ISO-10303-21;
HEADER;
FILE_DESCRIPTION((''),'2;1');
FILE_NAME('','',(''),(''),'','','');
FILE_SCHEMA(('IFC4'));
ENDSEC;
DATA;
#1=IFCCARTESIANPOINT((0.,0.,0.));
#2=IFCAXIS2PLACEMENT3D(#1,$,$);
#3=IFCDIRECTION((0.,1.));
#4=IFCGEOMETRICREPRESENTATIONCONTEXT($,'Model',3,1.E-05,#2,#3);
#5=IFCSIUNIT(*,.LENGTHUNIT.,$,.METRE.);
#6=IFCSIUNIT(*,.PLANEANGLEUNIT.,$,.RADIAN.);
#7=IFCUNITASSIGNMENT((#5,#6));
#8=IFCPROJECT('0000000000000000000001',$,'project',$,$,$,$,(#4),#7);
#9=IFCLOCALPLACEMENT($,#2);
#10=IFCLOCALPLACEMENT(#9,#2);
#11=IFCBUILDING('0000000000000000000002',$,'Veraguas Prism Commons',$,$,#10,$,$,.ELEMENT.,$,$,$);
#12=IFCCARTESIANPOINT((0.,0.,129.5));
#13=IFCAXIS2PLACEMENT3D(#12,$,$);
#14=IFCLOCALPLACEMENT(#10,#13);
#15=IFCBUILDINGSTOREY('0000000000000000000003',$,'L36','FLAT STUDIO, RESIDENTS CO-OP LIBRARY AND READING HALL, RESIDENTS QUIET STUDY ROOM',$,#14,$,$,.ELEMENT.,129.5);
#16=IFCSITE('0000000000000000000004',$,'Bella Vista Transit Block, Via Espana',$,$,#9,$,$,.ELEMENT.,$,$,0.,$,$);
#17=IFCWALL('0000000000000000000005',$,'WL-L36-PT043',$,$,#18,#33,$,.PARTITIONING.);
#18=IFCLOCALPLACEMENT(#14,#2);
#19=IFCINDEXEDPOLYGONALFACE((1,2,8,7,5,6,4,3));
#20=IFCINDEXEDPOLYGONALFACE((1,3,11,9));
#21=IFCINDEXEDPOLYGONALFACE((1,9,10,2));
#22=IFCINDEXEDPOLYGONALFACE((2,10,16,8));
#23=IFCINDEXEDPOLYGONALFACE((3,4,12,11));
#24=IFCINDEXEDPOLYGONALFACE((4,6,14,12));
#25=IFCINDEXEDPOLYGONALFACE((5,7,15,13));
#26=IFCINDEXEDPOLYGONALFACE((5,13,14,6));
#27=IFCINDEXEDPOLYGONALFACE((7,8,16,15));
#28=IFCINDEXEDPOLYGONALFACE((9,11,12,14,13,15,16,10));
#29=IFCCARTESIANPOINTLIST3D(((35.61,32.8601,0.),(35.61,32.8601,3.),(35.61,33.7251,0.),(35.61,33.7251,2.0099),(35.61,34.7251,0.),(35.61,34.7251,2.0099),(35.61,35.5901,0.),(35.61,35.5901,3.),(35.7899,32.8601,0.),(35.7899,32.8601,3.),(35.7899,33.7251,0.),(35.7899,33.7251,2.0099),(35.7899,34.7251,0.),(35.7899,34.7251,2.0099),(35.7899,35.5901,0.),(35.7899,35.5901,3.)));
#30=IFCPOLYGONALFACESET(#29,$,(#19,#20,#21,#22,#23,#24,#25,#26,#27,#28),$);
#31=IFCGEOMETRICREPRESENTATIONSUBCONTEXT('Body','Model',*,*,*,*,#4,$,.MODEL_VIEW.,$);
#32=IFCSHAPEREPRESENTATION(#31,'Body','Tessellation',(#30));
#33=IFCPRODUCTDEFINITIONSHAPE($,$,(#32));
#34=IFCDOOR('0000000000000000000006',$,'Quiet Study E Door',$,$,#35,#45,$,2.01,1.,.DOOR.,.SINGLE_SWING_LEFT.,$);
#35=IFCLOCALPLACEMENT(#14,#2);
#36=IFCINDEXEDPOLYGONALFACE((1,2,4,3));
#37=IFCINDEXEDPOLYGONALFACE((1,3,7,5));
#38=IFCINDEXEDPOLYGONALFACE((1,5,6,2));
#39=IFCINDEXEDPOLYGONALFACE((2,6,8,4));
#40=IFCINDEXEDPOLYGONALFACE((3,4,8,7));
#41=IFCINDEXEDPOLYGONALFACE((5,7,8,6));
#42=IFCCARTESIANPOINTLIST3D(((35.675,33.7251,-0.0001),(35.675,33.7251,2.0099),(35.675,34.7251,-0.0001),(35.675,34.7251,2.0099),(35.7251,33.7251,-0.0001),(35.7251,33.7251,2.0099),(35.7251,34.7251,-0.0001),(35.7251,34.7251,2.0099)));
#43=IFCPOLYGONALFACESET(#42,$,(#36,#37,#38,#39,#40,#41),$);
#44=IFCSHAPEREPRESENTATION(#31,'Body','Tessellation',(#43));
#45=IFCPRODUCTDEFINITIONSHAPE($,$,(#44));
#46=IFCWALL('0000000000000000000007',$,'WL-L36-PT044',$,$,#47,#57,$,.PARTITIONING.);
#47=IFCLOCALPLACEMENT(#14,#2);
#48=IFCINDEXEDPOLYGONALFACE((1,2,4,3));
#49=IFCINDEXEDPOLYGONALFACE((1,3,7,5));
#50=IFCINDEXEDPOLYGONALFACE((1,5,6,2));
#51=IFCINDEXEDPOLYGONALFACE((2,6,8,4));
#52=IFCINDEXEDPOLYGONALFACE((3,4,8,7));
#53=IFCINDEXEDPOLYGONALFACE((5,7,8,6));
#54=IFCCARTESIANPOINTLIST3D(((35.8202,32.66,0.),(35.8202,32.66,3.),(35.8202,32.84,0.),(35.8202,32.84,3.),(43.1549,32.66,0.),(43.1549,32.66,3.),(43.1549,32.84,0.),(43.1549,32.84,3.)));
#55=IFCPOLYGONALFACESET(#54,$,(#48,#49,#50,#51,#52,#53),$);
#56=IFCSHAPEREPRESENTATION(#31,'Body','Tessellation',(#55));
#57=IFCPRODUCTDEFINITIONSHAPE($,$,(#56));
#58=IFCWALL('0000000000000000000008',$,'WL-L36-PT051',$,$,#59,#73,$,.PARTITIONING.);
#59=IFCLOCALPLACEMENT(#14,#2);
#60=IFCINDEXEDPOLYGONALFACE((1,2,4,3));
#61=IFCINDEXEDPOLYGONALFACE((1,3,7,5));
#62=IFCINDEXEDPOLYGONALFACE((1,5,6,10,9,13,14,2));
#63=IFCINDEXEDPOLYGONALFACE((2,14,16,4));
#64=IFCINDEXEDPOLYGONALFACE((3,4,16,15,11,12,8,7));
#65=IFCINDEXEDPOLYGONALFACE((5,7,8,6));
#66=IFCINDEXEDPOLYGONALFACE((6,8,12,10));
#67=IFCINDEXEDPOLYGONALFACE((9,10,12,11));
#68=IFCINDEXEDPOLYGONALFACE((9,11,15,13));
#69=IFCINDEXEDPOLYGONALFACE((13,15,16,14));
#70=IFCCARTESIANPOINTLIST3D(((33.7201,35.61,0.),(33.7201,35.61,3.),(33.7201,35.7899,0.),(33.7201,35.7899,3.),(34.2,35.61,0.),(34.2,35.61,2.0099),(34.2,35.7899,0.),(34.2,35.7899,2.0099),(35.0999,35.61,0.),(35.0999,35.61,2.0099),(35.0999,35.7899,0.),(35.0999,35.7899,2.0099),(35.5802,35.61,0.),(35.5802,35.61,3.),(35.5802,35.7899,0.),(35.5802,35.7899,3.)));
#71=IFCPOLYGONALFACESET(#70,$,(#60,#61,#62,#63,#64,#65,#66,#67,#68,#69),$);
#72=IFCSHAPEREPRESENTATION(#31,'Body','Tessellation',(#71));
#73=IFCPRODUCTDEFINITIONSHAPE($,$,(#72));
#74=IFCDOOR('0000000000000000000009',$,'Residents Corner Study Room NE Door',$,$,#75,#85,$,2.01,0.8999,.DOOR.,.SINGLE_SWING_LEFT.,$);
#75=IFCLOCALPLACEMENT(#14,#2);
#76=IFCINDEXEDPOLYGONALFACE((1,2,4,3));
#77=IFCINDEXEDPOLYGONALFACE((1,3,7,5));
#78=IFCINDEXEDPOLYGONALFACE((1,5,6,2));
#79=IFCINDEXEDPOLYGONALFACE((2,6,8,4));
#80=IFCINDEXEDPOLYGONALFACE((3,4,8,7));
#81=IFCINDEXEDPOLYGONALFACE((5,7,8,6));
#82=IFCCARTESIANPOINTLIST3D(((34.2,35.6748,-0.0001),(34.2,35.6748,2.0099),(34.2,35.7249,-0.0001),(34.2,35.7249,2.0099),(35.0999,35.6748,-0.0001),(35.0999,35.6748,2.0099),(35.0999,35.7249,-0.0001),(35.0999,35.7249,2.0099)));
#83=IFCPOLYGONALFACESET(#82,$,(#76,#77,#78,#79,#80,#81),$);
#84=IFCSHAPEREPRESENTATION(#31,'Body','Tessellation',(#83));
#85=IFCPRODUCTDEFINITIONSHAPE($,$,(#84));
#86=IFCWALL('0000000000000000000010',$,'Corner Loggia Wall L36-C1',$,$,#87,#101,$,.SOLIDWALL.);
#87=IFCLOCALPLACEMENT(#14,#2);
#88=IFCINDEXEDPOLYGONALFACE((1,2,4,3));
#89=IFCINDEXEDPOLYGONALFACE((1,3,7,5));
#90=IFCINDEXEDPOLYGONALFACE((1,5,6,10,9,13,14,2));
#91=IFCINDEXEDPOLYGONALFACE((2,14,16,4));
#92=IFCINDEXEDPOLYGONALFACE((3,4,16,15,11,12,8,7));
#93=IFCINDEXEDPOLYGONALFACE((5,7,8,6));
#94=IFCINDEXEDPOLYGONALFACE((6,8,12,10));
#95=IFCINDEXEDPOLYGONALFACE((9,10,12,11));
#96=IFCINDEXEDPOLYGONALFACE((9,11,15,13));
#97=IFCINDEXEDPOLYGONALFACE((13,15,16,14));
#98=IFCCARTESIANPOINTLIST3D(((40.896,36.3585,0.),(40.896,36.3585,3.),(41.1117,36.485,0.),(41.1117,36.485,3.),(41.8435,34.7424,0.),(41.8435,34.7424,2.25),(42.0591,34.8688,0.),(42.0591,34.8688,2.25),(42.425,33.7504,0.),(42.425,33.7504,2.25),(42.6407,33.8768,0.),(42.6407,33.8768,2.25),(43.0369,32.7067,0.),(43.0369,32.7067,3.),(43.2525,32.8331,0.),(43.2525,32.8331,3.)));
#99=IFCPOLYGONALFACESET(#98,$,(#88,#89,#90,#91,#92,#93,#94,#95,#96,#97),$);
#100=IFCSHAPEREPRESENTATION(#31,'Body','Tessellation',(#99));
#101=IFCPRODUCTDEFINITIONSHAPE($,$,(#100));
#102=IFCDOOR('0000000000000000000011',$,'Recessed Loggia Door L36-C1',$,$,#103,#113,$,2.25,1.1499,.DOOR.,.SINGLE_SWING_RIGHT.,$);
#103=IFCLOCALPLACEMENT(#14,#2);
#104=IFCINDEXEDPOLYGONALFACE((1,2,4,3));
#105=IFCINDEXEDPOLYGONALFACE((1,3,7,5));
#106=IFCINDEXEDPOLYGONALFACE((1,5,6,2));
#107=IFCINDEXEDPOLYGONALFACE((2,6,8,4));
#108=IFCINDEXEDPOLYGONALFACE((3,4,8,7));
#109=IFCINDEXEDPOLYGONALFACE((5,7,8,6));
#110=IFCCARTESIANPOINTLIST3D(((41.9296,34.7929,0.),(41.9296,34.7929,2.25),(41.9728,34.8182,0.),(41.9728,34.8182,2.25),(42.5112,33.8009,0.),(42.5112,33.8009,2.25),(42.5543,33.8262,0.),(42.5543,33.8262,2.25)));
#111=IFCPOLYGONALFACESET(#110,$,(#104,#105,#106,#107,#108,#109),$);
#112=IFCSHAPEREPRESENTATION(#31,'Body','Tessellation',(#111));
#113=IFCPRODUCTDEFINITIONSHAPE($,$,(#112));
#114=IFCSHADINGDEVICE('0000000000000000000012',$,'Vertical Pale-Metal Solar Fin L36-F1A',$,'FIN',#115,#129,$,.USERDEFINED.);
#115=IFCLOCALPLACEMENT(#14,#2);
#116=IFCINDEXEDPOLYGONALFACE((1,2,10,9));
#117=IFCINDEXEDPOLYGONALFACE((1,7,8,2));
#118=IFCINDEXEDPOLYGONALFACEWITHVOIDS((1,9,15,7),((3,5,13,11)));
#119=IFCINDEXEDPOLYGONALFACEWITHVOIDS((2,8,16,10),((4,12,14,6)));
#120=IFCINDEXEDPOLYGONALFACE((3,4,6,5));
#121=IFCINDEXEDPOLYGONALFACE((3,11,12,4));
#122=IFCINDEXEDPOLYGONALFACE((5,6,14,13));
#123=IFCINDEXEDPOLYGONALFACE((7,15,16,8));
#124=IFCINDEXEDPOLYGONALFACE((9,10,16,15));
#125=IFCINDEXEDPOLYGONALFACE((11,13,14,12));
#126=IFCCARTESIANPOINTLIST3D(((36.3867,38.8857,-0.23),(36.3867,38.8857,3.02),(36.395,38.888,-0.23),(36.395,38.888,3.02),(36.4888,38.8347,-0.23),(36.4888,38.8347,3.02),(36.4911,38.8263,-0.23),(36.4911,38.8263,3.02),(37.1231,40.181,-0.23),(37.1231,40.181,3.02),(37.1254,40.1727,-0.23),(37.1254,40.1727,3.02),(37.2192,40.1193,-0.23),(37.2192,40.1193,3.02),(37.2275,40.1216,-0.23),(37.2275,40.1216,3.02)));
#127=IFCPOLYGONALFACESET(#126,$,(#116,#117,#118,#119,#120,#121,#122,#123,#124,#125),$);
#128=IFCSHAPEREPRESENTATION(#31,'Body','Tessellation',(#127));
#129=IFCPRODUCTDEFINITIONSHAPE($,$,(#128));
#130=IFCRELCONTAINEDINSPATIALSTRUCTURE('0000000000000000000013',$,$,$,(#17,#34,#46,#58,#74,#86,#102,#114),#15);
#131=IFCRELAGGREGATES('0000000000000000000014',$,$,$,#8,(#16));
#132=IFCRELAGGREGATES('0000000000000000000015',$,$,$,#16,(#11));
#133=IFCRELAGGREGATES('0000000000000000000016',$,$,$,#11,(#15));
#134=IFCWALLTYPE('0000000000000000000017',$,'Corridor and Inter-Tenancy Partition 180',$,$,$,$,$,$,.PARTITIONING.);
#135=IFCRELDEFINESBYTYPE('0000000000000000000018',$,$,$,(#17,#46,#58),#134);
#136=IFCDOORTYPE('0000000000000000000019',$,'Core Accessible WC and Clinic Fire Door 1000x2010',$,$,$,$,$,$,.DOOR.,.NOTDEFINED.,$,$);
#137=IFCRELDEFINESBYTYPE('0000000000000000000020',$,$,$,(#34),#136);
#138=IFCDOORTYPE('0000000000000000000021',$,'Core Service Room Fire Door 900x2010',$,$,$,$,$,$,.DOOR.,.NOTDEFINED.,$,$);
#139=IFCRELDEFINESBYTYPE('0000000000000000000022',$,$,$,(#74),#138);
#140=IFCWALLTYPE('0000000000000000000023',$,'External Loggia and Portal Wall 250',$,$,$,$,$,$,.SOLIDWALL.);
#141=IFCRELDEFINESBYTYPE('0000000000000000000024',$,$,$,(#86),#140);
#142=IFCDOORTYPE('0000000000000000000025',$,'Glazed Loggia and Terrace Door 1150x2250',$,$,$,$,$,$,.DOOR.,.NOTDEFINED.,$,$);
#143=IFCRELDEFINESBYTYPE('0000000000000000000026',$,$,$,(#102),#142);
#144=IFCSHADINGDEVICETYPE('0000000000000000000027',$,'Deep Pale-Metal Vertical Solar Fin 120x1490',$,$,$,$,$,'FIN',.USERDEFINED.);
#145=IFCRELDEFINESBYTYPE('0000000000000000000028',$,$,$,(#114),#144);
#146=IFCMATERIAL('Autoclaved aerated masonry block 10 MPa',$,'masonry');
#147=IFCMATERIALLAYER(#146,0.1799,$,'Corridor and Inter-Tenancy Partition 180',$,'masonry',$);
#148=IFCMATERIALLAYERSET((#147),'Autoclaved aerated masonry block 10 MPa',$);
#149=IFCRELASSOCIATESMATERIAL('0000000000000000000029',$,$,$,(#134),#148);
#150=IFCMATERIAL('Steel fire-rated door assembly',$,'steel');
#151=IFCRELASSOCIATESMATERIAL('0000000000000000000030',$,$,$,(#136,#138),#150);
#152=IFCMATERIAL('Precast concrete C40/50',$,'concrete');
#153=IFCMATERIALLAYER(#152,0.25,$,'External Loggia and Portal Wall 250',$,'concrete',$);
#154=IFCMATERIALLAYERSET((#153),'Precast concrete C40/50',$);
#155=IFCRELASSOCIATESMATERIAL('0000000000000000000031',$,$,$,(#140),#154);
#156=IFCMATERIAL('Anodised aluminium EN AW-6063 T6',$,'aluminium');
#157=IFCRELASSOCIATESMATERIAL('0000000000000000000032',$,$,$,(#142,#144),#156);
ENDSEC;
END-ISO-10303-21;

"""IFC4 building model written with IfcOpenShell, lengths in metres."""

from ifc_helpers import new_model, si_unit, direction, frame, frame_2d, origin, origin_2d, place, context, subcontext, project, spatial, rectangle, hollow_rectangle, extrude, source, transform, mapped, material, layer, layer_set, material_profile, profile_set, type_object, element, fill, save


model = new_model("IFC4")

# Units and contexts
model_context = context("Model", 3, precision=1e-05, world=origin(), true_north=direction((0.0, 1.0)))
body_context = subcontext(model_context, "Body", "Model", "MODEL_VIEW")
ifc_project = project(units=[si_unit("LENGTHUNIT", "METRE"), si_unit("PLANEANGLEUNIT", "RADIAN")], contexts=[model_context])

# Site, building, storey
site_placement = place(None, origin())
site = spatial("IfcSite", under=ifc_project, at=site_placement, Name="Bella Vista Transit Block, Via Espana", CompositionType="ELEMENT", RefElevation=0.0)
building_placement = place(site_placement, origin())
building = spatial("IfcBuilding", under=site, at=building_placement, Name="Veraguas Prism Commons", CompositionType="ELEMENT")
storey_placement = place(building_placement, frame((0.0, 0.0, 129.5)))
storey = spatial("IfcBuildingStorey", under=building, at=storey_placement, Name="L36", Description="FLAT STUDIO, RESIDENTS CO-OP LIBRARY AND READING HALL, RESIDENTS QUIET STUDY ROOM", CompositionType="ELEMENT", Elevation=129.5)

# Shared definitions
ifc_material_1 = material(Name="Anodised aluminium EN AW-6063 T6", Category="aluminium")

# Shared definitions
ifc_material_2 = material(Name="Autoclaved aerated masonry block 10 MPa", Category="masonry")
ifc_layer_1 = layer(ifc_material_2, 0.1799, Name="Corridor and Inter-Tenancy Partition 180", Category="masonry")
ifc_layer_set_1 = layer_set([ifc_layer_1], Name="Autoclaved aerated masonry block 10 MPa")
wall_type_1 = type_object("IfcWallType", Name="Corridor and Inter-Tenancy Partition 180", PredefinedType="PARTITIONING", material=ifc_layer_set_1)

# Wall, opening, door
wall_1_placement = place(storey_placement, frame((35.7, 32.8601, 0.0), z_axis=(0.0, 0.0, 1.0), x_axis=(0.0, 1.0, 0.0)))
wall_1 = element("IfcWall", 1, at=wall_1_placement, inside=storey, type_object=wall_type_1, Name="WL-L36-PT043", PredefinedType="PARTITIONING", context=body_context, shape_type="SweptSolid", body=[
    extrude(rectangle(XDim=2.73, YDim=0.1799, at=frame_2d((1.365, 0.0))), origin(), (0.0, 0.0, 1.0), 3.0),
])
opening_1_placement = place(wall_1_placement, frame((0.865, 0.0, 0.0)))
opening_1 = element("IfcOpeningElement", 2, at=opening_1_placement, cuts=wall_1, PredefinedType="OPENING", context=body_context, shape_type="SweptSolid", body=[
    extrude(rectangle(XDim=1.0, YDim=2.01, at=frame_2d((0.5, 1.0049))), frame((0.0, 0.0999, 0.0), z_axis=(0.0, -1.0, 0.0), x_axis=(1.0, 0.0, 0.0)), (0.0, 0.0, 1.0), 0.2),
])
ifc_material_3 = material(Name="Steel fire-rated door assembly", Category="steel")
door_type_1 = type_object("IfcDoorType", Name="Core Accessible WC and Clinic Fire Door 1000x2010", OperationType="NOTDEFINED", PredefinedType="DOOR", material=ifc_material_3)
shared_shape_1 = source(origin(), body_context, "Body", "SweptSolid", [
    extrude(rectangle(XDim=1.0, YDim=2.01, at=frame_2d((0.5, 1.0049))), frame((0.0, 0.0249, 0.0), z_axis=(0.0, -1.0, 0.0), x_axis=(1.0, 0.0, 0.0)), (0.0, 0.0, 1.0), 0.05),
])
door_1_placement = place(opening_1_placement, origin())
door_1 = element("IfcDoor", 3, at=door_1_placement, inside=storey, type_object=door_type_1, Name="Quiet Study E Door", OperationType="SINGLE_SWING_LEFT", OverallHeight=2.01, OverallWidth=1.0, PredefinedType="DOOR", context=body_context, shape_type="MappedRepresentation", body=[
    mapped(shared_shape_1, transform((0.0, 0.0, 0.0), scale=1.0)),
])
fill(opening_1, door_1)

# Wall
wall_2_placement = place(storey_placement, frame((35.8201, 32.75, 0.0), z_axis=(0.0, 0.0, 1.0), x_axis=(1.0, 0.0, 0.0)))
element("IfcWall", 4, at=wall_2_placement, inside=storey, type_object=wall_type_1, Name="WL-L36-PT044", PredefinedType="PARTITIONING", context=body_context, shape_type="SweptSolid", body=[
    extrude(rectangle(XDim=7.3347, YDim=0.1799, at=frame_2d((3.6675, 0.0))), origin(), (0.0, 0.0, 1.0), 3.0),
])

# Walls, openings, doors
wall_3_placement = place(storey_placement, frame((33.72, 35.7, 0.0), z_axis=(0.0, 0.0, 1.0), x_axis=(1.0, 0.0, 0.0)))
wall_3 = element("IfcWall", 5, at=wall_3_placement, inside=storey, type_object=wall_type_1, Name="WL-L36-PT051", PredefinedType="PARTITIONING", context=body_context, shape_type="SweptSolid", body=[
    extrude(rectangle(XDim=1.8601, YDim=0.1799, at=frame_2d((0.9302, 0.0))), origin(), (0.0, 0.0, 1.0), 3.0),
])
opening_2_placement = place(wall_3_placement, frame((0.48, 0.0, 0.0)))
opening_2 = element("IfcOpeningElement", 6, at=opening_2_placement, cuts=wall_3, PredefinedType="OPENING", context=body_context, shape_type="SweptSolid", body=[
    extrude(rectangle(XDim=0.8999, YDim=2.01, at=frame_2d((0.45, 1.0049))), frame((0.0, 0.0999, 0.0), z_axis=(0.0, -1.0, 0.0), x_axis=(1.0, 0.0, 0.0)), (0.0, 0.0, 1.0), 0.2),
])
door_type_2 = type_object("IfcDoorType", Name="Core Service Room Fire Door 900x2010", OperationType="NOTDEFINED", PredefinedType="DOOR", material=ifc_material_3)
shared_shape_2 = source(origin(), body_context, "Body", "SweptSolid", [
    extrude(rectangle(XDim=0.8999, YDim=2.01, at=frame_2d((0.45, 1.0049))), frame((0.0, 0.0249, 0.0), z_axis=(0.0, -1.0, 0.0), x_axis=(1.0, 0.0, 0.0)), (0.0, 0.0, 1.0), 0.05),
])
door_2_placement = place(opening_2_placement, origin())
door_2 = element("IfcDoor", 7, at=door_2_placement, inside=storey, type_object=door_type_2, Name="Residents Corner Study Room NE Door", OperationType="SINGLE_SWING_LEFT", OverallHeight=2.01, OverallWidth=0.8999, PredefinedType="DOOR", context=body_context, shape_type="MappedRepresentation", body=[
    mapped(shared_shape_2, transform((0.0, 0.0, 0.0), scale=1.0)),
])
fill(opening_2, door_2)
ifc_material_4 = material(Name="Precast concrete C40/50", Category="concrete")
ifc_layer_2 = layer(ifc_material_4, 0.25, Name="External Loggia and Portal Wall 250", Category="concrete")
ifc_layer_set_2 = layer_set([ifc_layer_2], Name="Precast concrete C40/50")
wall_type_2 = type_object("IfcWallType", Name="External Loggia and Portal Wall 250", PredefinedType="SOLIDWALL", material=ifc_layer_set_2)
wall_4_placement = place(storey_placement, frame((43.1448, 32.7698, 0.0), z_axis=(0.0, 0.0, 1.0), x_axis=(-0.505742, 0.862685, 0.0)))
wall_4 = element("IfcWall", 8, at=wall_4_placement, inside=storey, type_object=wall_type_2, Name="Corner Loggia Wall L36-C1", PredefinedType="SOLIDWALL", context=body_context, shape_type="SweptSolid", body=[
    extrude(rectangle(XDim=4.2332, YDim=0.25, at=frame_2d((2.1167, 0.0))), origin(), (0.0, 0.0, 1.0), 3.0),
])
opening_3_placement = place(wall_4_placement, frame((1.21, 0.0, 0.0)))
opening_3 = element("IfcOpeningElement", 9, at=opening_3_placement, cuts=wall_4, PredefinedType="OPENING", context=body_context, shape_type="SweptSolid", body=[
    extrude(rectangle(XDim=1.1499, YDim=2.25, at=frame_2d((0.575, 1.125))), frame((0.0, 0.135, 0.0), z_axis=(0.0, -1.0, 0.0), x_axis=(1.0, 0.0, 0.0)), (0.0, 0.0, 1.0), 0.27),
])
door_type_3 = type_object("IfcDoorType", Name="Glazed Loggia and Terrace Door 1150x2250", OperationType="NOTDEFINED", PredefinedType="DOOR", material=ifc_material_1)
shared_shape_3 = source(origin(), body_context, "Body", "SweptSolid", [
    extrude(rectangle(XDim=1.1499, YDim=2.25, at=frame_2d((0.575, 1.125))), frame((0.0, 0.0249, 0.0), z_axis=(0.0, -1.0, 0.0), x_axis=(1.0, 0.0, 0.0)), (0.0, 0.0, 1.0), 0.05),
])
door_3_placement = place(opening_3_placement, frame((1.1499, 0.0, 0.0), z_axis=(0.0, 0.0, 1.0), x_axis=(-1.0, 0.0, 0.0)))
door_3 = element("IfcDoor", 10, at=door_3_placement, inside=storey, type_object=door_type_3, Name="Recessed Loggia Door L36-C1", OperationType="SINGLE_SWING_RIGHT", OverallHeight=2.25, OverallWidth=1.1499, PredefinedType="DOOR", context=body_context, shape_type="MappedRepresentation", body=[
    mapped(shared_shape_3, transform((0.0, 0.0, 0.0), scale=1.0)),
])
fill(opening_3, door_3)

# Shading device
ifc_material_profile_1 = material_profile(ifc_material_1, hollow_rectangle(XDim=0.1201, YDim=1.49, WallThickness=0.0061, at=origin_2d()), Name="FIN120X1490X6")
ifc_profile_set_1 = profile_set([ifc_material_profile_1], Name="Anodised aluminium EN AW-6063 T6")
shading_device_type = type_object("IfcShadingDeviceType", Name="Deep Pale-Metal Vertical Solar Fin 120x1490", ElementType="FIN", PredefinedType="USERDEFINED", material=ifc_profile_set_1)
shading_device_placement = place(storey_placement, frame((36.8071, 39.5037, -0.23), z_axis=(0.0, 0.0, 1.0), x_axis=(-0.869322, 0.494245, 0.0)))
element("IfcShadingDevice", 11, at=shading_device_placement, inside=storey, type_object=shading_device_type, Name="Vertical Pale-Metal Solar Fin L36-F1A", ObjectType="FIN", PredefinedType="USERDEFINED", context=body_context, shape_type="SweptSolid", body=[
    extrude(hollow_rectangle(XDim=0.1201, YDim=1.49, WallThickness=0.0061, at=origin_2d()), origin(), (0.0, 0.0, 1.0), 3.25),
])

save(model, "model.ifc")
